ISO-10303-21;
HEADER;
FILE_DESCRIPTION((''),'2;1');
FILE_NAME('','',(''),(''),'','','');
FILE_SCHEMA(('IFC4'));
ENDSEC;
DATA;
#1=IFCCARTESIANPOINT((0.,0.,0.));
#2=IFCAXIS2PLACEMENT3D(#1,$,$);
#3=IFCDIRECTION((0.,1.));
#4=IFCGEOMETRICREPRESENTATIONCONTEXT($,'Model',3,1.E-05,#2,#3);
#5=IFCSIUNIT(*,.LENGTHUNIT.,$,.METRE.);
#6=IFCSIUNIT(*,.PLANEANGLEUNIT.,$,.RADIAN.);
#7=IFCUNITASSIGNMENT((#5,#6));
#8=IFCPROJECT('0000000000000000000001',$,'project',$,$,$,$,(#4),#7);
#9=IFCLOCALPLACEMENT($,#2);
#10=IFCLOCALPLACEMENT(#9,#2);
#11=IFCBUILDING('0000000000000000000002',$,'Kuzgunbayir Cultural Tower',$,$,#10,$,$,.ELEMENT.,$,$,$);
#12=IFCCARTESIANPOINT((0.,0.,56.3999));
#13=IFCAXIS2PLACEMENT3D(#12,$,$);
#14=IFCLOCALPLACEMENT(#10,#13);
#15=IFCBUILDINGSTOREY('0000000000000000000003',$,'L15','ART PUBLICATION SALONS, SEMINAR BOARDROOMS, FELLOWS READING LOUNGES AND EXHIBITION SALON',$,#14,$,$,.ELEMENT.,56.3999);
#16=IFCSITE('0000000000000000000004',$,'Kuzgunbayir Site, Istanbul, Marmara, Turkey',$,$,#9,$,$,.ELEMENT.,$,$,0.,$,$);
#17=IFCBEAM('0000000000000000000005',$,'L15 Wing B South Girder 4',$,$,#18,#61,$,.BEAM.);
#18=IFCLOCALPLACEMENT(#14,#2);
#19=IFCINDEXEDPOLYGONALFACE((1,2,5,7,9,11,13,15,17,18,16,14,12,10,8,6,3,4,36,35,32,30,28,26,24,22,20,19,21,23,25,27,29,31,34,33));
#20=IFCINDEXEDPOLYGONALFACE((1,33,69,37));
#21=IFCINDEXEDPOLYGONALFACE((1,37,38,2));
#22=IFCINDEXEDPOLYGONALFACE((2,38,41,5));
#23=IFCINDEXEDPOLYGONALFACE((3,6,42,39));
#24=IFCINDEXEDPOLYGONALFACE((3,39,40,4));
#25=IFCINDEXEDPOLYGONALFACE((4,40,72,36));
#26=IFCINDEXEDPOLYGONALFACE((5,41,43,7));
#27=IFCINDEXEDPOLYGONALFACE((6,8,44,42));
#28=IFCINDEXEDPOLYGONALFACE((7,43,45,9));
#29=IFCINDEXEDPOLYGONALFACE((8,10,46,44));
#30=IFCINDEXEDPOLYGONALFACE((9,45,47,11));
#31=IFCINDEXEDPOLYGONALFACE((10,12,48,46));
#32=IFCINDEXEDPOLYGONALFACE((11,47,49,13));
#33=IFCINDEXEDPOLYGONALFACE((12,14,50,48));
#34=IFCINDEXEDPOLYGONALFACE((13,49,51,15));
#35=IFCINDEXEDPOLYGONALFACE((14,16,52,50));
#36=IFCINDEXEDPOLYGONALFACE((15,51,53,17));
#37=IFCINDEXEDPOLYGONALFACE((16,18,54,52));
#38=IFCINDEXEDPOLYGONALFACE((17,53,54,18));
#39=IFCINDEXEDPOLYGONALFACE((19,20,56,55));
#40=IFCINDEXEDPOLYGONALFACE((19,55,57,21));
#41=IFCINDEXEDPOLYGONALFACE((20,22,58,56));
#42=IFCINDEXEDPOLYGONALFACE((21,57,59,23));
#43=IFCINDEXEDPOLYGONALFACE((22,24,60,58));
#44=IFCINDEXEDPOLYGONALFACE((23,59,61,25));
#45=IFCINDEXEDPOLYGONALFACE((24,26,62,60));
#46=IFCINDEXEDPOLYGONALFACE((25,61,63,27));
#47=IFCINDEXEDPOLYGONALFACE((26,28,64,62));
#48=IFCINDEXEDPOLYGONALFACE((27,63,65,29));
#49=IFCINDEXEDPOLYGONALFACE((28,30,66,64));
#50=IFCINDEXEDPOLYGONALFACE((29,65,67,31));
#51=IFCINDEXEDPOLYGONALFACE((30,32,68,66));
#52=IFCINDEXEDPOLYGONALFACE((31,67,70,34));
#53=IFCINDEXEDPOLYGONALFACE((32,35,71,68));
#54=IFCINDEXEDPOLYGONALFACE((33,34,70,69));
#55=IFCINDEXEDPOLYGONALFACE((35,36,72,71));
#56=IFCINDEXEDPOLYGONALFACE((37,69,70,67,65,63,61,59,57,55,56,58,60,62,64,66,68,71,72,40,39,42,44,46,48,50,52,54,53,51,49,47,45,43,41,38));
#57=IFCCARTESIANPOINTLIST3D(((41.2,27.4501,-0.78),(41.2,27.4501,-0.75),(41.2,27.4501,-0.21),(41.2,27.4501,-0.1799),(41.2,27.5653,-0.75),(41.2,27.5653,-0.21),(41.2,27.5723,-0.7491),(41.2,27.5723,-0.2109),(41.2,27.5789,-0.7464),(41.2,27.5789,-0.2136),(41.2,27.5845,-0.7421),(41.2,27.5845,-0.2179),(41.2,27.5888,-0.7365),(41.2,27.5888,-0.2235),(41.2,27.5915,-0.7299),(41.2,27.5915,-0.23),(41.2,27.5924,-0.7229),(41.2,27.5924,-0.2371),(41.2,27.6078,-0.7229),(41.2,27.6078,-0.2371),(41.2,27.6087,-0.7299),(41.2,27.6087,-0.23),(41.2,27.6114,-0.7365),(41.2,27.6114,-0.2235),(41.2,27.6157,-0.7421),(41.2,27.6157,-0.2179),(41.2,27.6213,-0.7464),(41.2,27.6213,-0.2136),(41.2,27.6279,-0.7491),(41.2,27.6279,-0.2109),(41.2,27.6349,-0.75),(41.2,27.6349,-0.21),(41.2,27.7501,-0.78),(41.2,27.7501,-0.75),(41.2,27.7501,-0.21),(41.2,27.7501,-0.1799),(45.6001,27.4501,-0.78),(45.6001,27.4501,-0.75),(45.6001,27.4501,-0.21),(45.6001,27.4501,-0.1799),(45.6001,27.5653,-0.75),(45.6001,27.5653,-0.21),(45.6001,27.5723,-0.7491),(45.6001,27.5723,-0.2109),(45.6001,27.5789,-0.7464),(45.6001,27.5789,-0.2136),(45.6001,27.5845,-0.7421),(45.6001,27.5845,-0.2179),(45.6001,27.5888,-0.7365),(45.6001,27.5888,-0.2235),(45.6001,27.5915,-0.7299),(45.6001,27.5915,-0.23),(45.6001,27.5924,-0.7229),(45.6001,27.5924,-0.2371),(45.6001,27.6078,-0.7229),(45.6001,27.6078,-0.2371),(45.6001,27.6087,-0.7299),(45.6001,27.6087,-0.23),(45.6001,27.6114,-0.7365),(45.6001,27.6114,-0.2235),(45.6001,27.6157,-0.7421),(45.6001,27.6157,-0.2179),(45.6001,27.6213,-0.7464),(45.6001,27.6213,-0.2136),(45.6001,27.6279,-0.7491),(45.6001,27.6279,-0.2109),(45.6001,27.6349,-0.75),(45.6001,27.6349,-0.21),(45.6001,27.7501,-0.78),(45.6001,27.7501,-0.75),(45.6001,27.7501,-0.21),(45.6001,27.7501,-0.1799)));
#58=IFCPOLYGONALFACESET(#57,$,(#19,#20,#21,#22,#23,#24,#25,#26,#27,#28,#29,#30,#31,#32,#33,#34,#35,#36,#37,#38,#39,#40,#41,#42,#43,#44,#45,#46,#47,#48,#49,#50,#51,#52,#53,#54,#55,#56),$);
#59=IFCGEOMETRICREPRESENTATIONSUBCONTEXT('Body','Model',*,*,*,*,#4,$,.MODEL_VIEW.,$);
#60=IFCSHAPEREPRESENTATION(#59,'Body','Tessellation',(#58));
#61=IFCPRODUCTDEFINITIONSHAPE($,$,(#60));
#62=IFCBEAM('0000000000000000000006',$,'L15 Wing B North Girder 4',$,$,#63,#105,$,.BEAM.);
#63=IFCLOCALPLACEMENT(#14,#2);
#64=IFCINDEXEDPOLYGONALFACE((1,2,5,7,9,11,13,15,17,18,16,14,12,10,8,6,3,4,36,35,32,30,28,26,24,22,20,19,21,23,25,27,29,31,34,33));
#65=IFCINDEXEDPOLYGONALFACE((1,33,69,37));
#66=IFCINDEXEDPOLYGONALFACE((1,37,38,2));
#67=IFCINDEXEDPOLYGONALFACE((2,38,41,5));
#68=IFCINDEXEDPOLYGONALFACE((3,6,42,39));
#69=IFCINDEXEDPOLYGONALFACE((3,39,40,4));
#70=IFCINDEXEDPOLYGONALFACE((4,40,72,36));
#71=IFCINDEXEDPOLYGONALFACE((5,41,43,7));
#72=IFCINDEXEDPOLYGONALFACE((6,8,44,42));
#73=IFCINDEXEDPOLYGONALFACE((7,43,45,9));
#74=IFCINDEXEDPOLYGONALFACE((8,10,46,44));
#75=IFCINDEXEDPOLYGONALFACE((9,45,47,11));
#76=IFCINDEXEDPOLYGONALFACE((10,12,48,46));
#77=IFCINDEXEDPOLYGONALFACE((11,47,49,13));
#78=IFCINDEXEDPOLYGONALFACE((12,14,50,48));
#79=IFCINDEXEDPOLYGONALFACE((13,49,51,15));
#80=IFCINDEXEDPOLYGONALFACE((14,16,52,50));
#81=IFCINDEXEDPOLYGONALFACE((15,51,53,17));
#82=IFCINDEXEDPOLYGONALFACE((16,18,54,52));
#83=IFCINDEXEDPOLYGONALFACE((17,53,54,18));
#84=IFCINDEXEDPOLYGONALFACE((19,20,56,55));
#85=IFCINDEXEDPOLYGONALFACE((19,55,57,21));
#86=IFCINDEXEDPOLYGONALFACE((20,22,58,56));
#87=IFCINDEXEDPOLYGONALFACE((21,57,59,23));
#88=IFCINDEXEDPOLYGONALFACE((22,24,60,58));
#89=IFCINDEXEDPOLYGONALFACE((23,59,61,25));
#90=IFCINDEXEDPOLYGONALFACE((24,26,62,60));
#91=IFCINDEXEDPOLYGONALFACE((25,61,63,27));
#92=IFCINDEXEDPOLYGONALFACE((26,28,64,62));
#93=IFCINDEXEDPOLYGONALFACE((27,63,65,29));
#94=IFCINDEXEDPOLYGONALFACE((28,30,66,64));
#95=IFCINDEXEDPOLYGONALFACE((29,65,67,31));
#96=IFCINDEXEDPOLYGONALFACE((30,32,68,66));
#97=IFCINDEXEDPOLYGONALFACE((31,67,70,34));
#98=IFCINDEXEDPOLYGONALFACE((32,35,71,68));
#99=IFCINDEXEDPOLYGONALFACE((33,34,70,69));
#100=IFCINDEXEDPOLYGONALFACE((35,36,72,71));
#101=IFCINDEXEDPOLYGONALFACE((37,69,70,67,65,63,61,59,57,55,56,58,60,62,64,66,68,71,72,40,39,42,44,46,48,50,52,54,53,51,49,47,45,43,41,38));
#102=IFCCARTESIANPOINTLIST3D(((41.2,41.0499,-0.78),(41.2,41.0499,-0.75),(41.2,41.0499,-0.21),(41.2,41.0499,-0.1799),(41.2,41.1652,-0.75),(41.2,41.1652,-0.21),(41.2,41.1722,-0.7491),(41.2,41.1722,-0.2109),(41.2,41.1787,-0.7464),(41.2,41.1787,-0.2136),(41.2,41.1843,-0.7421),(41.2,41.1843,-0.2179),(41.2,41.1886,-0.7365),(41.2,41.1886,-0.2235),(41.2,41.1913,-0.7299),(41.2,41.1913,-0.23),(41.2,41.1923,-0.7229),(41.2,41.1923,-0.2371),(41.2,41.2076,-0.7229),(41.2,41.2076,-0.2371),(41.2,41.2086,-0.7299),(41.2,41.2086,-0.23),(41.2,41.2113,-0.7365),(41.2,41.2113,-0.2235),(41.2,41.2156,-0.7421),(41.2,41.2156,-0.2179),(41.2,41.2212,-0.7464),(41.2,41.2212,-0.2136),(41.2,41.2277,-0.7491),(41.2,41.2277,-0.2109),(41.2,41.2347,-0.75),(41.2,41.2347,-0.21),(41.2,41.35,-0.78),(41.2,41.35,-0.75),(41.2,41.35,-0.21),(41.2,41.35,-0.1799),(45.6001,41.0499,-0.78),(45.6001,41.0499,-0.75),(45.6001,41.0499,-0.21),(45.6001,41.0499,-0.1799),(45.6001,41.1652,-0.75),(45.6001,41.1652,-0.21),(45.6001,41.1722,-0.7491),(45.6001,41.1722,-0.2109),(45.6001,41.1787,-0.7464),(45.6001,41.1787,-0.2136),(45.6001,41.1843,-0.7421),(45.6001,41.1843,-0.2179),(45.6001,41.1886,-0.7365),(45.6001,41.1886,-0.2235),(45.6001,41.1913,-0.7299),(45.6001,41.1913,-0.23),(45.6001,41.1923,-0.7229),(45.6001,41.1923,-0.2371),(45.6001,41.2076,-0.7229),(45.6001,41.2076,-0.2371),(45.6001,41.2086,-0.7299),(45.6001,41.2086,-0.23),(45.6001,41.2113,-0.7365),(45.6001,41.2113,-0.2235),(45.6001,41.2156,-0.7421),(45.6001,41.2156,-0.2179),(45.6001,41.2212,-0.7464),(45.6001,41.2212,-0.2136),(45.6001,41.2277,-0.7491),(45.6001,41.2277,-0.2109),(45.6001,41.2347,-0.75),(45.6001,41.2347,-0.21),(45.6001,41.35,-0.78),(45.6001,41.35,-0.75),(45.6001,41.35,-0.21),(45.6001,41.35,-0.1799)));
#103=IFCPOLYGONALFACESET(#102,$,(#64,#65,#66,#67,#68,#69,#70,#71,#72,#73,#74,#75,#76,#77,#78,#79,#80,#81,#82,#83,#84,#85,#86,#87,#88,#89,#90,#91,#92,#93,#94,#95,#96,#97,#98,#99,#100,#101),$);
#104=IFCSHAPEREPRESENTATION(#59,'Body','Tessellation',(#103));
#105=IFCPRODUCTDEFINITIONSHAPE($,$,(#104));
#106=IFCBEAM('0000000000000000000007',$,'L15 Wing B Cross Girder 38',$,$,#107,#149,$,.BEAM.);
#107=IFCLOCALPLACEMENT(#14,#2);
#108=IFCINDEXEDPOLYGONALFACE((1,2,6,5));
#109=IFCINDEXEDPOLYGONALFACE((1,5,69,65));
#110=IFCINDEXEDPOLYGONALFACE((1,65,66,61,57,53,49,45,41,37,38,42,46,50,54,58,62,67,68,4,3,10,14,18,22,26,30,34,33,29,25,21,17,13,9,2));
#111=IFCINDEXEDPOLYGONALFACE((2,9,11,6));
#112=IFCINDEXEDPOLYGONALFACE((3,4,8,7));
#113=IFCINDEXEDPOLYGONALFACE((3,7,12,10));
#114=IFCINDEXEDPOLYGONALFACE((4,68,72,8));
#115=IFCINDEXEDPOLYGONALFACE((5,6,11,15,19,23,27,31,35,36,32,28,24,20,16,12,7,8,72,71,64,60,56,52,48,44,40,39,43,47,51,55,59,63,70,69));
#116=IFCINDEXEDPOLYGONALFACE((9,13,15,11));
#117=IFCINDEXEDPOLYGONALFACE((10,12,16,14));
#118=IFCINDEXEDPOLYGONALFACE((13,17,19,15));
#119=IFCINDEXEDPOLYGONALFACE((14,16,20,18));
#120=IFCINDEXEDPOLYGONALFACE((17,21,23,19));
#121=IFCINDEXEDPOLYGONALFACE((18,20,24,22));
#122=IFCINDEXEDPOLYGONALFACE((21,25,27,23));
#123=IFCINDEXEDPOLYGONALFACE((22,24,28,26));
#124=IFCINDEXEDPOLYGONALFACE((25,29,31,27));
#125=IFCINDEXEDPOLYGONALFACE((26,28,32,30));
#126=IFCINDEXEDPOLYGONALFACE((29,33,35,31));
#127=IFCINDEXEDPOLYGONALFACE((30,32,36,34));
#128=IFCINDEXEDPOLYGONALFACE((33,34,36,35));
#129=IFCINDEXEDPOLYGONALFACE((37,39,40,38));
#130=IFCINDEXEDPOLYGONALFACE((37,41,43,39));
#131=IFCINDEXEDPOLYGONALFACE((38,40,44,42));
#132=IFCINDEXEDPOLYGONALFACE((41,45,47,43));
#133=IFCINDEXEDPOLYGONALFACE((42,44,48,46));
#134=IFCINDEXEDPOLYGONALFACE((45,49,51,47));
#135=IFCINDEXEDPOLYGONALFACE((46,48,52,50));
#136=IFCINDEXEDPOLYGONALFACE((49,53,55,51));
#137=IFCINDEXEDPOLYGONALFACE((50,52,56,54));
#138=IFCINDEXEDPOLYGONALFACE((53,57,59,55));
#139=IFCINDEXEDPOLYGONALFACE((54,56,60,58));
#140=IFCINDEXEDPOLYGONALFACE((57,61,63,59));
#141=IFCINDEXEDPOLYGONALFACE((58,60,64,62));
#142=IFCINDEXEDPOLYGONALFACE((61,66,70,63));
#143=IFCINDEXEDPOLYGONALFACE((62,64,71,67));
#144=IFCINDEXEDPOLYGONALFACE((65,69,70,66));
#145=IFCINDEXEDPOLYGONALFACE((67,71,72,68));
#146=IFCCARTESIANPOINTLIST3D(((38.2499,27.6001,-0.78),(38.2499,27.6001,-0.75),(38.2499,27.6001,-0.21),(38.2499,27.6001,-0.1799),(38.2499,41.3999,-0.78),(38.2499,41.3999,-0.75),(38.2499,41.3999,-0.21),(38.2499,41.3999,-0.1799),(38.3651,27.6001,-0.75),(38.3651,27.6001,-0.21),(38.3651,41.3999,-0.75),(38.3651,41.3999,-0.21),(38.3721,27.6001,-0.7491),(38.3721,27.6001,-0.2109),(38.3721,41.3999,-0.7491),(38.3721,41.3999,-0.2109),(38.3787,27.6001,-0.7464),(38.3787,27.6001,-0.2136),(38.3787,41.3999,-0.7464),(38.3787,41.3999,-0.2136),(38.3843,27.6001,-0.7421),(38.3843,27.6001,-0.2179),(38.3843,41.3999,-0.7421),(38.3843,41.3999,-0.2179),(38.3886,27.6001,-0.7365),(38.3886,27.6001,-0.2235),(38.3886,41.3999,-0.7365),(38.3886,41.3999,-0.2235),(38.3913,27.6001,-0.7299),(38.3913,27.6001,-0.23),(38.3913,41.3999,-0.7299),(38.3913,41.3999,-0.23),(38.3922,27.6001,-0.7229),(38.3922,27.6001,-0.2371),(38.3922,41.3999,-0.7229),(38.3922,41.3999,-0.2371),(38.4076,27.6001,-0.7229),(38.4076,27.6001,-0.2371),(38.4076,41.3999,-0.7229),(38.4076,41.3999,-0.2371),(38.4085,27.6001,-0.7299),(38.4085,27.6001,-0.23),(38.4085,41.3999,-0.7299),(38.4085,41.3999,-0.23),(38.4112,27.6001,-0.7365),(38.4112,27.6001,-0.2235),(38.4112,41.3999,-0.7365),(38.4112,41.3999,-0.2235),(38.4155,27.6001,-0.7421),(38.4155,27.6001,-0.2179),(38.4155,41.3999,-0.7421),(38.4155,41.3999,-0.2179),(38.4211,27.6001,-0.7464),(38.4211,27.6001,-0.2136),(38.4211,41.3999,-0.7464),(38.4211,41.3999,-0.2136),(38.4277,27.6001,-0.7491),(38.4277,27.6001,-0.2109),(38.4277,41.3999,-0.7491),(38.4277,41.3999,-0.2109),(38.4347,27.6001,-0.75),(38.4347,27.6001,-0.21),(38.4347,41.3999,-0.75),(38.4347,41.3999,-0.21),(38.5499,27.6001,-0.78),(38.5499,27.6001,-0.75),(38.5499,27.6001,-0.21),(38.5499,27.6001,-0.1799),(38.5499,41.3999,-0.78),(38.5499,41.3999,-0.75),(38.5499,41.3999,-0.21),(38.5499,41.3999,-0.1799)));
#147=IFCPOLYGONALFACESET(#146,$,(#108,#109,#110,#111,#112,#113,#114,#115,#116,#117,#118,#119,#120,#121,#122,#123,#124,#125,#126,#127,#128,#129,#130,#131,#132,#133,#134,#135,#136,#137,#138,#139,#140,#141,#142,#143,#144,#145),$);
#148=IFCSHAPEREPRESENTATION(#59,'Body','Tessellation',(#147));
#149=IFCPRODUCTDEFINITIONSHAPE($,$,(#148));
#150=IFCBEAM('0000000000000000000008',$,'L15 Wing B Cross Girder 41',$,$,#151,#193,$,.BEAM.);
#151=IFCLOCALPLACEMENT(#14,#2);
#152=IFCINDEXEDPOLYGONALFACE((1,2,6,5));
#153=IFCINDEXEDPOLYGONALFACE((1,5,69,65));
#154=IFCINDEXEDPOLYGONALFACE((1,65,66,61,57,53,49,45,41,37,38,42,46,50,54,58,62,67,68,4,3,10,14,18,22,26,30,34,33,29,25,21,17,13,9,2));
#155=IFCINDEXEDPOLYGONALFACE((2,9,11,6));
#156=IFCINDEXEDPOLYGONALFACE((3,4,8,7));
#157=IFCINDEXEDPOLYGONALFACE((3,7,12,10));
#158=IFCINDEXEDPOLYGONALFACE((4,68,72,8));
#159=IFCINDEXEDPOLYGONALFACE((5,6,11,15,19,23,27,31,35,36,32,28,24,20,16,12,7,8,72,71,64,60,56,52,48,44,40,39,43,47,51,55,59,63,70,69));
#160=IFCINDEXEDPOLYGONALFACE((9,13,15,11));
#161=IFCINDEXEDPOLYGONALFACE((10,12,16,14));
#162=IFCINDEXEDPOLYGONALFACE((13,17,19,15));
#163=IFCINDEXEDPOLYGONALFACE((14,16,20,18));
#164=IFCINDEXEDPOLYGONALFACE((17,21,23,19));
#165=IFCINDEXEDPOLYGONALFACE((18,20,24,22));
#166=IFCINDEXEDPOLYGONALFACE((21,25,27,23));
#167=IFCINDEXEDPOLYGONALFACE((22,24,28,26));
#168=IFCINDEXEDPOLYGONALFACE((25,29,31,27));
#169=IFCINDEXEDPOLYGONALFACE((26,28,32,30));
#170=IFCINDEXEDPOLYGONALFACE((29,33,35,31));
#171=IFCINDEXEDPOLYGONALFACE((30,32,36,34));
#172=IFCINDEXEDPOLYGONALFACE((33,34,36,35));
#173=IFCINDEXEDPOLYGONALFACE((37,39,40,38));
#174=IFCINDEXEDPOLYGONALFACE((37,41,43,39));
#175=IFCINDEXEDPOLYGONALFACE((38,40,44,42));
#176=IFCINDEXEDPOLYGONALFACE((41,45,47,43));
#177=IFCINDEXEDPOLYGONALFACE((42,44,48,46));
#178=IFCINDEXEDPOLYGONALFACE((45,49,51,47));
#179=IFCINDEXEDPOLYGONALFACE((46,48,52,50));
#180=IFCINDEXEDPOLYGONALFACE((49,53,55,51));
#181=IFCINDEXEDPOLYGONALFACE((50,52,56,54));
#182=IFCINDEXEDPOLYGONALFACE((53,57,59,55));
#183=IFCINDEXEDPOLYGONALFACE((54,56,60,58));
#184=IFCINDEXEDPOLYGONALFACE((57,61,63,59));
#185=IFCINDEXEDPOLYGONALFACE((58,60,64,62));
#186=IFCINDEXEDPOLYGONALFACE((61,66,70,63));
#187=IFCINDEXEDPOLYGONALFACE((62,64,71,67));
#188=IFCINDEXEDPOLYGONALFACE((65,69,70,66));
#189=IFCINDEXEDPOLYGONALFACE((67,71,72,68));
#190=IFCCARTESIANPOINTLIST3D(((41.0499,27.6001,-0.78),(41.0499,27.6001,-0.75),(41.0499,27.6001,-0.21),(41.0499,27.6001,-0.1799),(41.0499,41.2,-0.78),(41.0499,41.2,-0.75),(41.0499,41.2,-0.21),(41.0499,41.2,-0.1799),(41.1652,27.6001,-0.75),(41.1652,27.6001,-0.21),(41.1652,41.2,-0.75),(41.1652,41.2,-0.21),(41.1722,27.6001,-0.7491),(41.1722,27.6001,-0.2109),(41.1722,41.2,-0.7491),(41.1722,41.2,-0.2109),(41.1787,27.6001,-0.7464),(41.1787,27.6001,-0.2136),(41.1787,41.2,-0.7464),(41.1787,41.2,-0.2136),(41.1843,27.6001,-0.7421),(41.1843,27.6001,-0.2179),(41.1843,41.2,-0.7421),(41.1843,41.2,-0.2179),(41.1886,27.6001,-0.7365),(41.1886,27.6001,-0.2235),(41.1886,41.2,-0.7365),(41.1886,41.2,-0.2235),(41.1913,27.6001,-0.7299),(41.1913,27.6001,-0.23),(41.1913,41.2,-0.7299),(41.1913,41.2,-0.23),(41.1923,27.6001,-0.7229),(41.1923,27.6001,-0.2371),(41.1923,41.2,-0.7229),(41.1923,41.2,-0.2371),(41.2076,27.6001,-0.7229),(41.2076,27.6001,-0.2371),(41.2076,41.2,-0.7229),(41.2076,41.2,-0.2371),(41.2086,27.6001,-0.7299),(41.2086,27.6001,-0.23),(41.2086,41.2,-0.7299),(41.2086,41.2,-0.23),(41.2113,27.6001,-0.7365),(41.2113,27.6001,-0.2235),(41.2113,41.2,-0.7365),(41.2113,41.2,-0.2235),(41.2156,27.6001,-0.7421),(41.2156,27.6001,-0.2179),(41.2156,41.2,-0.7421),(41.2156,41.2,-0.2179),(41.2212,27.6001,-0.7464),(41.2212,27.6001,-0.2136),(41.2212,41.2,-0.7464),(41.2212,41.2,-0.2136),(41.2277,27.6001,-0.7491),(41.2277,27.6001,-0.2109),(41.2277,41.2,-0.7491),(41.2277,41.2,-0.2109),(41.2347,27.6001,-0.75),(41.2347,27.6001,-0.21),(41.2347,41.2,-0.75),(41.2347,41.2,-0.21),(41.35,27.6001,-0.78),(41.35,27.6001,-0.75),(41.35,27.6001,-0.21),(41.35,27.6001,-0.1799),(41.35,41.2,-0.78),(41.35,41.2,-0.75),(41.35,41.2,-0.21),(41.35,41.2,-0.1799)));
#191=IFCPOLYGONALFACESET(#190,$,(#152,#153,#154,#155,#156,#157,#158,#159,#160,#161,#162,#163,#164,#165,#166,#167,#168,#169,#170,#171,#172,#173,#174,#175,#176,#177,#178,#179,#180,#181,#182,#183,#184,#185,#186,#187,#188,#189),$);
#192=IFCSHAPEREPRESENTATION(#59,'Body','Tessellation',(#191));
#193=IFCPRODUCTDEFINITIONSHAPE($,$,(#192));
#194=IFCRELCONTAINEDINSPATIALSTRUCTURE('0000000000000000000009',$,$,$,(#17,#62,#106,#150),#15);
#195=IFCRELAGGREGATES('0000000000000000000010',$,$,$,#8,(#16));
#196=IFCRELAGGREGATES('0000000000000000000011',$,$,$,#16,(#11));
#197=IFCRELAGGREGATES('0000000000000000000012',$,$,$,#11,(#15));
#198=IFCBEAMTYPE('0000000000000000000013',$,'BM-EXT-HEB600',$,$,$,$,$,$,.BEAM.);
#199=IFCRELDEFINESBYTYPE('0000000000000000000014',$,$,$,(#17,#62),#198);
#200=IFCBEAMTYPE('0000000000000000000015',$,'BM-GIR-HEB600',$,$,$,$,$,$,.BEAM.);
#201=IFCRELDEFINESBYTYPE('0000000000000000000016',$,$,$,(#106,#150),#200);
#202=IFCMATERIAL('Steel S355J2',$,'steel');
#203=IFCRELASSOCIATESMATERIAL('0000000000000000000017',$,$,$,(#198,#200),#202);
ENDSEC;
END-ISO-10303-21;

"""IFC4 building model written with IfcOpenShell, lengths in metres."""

from ifc_helpers import new_model, si_unit, direction, frame, origin, origin_2d, place, context, subcontext, project, spatial, i_section, extrude, material, material_profile, profile_set, type_object, element, save


model = new_model("IFC4")

# Units and contexts
model_context = context("Model", 3, precision=1e-05, world=origin(), true_north=direction((0.0, 1.0)))
body_context = subcontext(model_context, "Body", "Model", "MODEL_VIEW")
ifc_project = project(units=[si_unit("LENGTHUNIT", "METRE"), si_unit("PLANEANGLEUNIT", "RADIAN")], contexts=[model_context])

# Site, building, storey
site_placement = place(None, origin())
site = spatial("IfcSite", under=ifc_project, at=site_placement, Name="Kuzgunbayir Site, Istanbul, Marmara, Turkey", CompositionType="ELEMENT", RefElevation=0.0)
building_placement = place(site_placement, origin())
building = spatial("IfcBuilding", under=site, at=building_placement, Name="Kuzgunbayir Cultural Tower", CompositionType="ELEMENT")
storey_placement = place(building_placement, frame((0.0, 0.0, 56.3999)))
storey = spatial("IfcBuildingStorey", under=building, at=storey_placement, Name="L15", Description="ART PUBLICATION SALONS, SEMINAR BOARDROOMS, FELLOWS READING LOUNGES AND EXHIBITION SALON", CompositionType="ELEMENT", Elevation=56.3999)

# Beams
ifc_material_1 = material(Name="Steel S355J2", Category="steel")
ifc_material_profile_1 = material_profile(ifc_material_1, i_section(OverallWidth=0.3, OverallDepth=0.6001, WebThickness=0.0154, FlangeThickness=0.03, FilletRadius=0.0271, at=origin_2d()), Name="HEB 600")
ifc_profile_set_1 = profile_set([ifc_material_profile_1], Name="Steel S355J2")
beam_type_1 = type_object("IfcBeamType", Name="BM-EXT-HEB600", PredefinedType="BEAM", material=ifc_profile_set_1)
for number, where, z_axis, x_axis, name in (
    (1, (41.2, 27.6001, -0.48), (1.0, 0.0, 0.0), (0.0, 1.0, 0.0), "L15 Wing B South Girder 4"),
    (2, (41.2, 41.2, -0.48), (1.0, 0.0, 0.0), (0.0, 1.0, 0.0), "L15 Wing B North Girder 4"),
):
    element("IfcBeam", number, at=place(storey_placement, frame(where, z_axis=z_axis, x_axis=x_axis)), inside=storey, type_object=beam_type_1, Name=name, PredefinedType="BEAM", context=body_context, shape_type="SweptSolid", body=[
        extrude(i_section(OverallWidth=0.3, OverallDepth=0.6001, WebThickness=0.0154, FlangeThickness=0.03, FilletRadius=0.0271, at=origin_2d()), origin(), (0.0, 0.0, 1.0), 4.4001),
    ])
ifc_material_profile_2 = material_profile(ifc_material_1, i_section(OverallWidth=0.3, OverallDepth=0.6001, WebThickness=0.0154, FlangeThickness=0.03, FilletRadius=0.0271, at=origin_2d()), Name="HEB 600")
ifc_profile_set_2 = profile_set([ifc_material_profile_2], Name="Steel S355J2")
beam_type_2 = type_object("IfcBeamType", Name="BM-GIR-HEB600", PredefinedType="BEAM", material=ifc_profile_set_2)
beam_1_placement = place(storey_placement, frame((38.3999, 27.6001, -0.48), z_axis=(0.0, 1.0, 0.0), x_axis=(-1.0, 0.0, 0.0)))
element("IfcBeam", 3, at=beam_1_placement, inside=storey, type_object=beam_type_2, Name="L15 Wing B Cross Girder 38", PredefinedType="BEAM", context=body_context, shape_type="SweptSolid", body=[
    extrude(i_section(OverallWidth=0.3, OverallDepth=0.6001, WebThickness=0.0154, FlangeThickness=0.03, FilletRadius=0.0271, at=origin_2d()), origin(), (0.0, 0.0, 1.0), 13.7998),
])
for number, where, z_axis, x_axis, name in (
    (4, (41.2, 27.6001, -0.48), (0.0, 1.0, 0.0), (-1.0, 0.0, 0.0), "L15 Wing B Cross Girder 41"),
):
    element("IfcBeam", number, at=place(storey_placement, frame(where, z_axis=z_axis, x_axis=x_axis)), inside=storey, type_object=beam_type_2, Name=name, PredefinedType="BEAM", context=body_context, shape_type="SweptSolid", body=[
        extrude(i_section(OverallWidth=0.3, OverallDepth=0.6001, WebThickness=0.0154, FlangeThickness=0.03, FilletRadius=0.0271, at=origin_2d()), origin(), (0.0, 0.0, 1.0), 13.5999),
    ])

save(model, "model.ifc")
